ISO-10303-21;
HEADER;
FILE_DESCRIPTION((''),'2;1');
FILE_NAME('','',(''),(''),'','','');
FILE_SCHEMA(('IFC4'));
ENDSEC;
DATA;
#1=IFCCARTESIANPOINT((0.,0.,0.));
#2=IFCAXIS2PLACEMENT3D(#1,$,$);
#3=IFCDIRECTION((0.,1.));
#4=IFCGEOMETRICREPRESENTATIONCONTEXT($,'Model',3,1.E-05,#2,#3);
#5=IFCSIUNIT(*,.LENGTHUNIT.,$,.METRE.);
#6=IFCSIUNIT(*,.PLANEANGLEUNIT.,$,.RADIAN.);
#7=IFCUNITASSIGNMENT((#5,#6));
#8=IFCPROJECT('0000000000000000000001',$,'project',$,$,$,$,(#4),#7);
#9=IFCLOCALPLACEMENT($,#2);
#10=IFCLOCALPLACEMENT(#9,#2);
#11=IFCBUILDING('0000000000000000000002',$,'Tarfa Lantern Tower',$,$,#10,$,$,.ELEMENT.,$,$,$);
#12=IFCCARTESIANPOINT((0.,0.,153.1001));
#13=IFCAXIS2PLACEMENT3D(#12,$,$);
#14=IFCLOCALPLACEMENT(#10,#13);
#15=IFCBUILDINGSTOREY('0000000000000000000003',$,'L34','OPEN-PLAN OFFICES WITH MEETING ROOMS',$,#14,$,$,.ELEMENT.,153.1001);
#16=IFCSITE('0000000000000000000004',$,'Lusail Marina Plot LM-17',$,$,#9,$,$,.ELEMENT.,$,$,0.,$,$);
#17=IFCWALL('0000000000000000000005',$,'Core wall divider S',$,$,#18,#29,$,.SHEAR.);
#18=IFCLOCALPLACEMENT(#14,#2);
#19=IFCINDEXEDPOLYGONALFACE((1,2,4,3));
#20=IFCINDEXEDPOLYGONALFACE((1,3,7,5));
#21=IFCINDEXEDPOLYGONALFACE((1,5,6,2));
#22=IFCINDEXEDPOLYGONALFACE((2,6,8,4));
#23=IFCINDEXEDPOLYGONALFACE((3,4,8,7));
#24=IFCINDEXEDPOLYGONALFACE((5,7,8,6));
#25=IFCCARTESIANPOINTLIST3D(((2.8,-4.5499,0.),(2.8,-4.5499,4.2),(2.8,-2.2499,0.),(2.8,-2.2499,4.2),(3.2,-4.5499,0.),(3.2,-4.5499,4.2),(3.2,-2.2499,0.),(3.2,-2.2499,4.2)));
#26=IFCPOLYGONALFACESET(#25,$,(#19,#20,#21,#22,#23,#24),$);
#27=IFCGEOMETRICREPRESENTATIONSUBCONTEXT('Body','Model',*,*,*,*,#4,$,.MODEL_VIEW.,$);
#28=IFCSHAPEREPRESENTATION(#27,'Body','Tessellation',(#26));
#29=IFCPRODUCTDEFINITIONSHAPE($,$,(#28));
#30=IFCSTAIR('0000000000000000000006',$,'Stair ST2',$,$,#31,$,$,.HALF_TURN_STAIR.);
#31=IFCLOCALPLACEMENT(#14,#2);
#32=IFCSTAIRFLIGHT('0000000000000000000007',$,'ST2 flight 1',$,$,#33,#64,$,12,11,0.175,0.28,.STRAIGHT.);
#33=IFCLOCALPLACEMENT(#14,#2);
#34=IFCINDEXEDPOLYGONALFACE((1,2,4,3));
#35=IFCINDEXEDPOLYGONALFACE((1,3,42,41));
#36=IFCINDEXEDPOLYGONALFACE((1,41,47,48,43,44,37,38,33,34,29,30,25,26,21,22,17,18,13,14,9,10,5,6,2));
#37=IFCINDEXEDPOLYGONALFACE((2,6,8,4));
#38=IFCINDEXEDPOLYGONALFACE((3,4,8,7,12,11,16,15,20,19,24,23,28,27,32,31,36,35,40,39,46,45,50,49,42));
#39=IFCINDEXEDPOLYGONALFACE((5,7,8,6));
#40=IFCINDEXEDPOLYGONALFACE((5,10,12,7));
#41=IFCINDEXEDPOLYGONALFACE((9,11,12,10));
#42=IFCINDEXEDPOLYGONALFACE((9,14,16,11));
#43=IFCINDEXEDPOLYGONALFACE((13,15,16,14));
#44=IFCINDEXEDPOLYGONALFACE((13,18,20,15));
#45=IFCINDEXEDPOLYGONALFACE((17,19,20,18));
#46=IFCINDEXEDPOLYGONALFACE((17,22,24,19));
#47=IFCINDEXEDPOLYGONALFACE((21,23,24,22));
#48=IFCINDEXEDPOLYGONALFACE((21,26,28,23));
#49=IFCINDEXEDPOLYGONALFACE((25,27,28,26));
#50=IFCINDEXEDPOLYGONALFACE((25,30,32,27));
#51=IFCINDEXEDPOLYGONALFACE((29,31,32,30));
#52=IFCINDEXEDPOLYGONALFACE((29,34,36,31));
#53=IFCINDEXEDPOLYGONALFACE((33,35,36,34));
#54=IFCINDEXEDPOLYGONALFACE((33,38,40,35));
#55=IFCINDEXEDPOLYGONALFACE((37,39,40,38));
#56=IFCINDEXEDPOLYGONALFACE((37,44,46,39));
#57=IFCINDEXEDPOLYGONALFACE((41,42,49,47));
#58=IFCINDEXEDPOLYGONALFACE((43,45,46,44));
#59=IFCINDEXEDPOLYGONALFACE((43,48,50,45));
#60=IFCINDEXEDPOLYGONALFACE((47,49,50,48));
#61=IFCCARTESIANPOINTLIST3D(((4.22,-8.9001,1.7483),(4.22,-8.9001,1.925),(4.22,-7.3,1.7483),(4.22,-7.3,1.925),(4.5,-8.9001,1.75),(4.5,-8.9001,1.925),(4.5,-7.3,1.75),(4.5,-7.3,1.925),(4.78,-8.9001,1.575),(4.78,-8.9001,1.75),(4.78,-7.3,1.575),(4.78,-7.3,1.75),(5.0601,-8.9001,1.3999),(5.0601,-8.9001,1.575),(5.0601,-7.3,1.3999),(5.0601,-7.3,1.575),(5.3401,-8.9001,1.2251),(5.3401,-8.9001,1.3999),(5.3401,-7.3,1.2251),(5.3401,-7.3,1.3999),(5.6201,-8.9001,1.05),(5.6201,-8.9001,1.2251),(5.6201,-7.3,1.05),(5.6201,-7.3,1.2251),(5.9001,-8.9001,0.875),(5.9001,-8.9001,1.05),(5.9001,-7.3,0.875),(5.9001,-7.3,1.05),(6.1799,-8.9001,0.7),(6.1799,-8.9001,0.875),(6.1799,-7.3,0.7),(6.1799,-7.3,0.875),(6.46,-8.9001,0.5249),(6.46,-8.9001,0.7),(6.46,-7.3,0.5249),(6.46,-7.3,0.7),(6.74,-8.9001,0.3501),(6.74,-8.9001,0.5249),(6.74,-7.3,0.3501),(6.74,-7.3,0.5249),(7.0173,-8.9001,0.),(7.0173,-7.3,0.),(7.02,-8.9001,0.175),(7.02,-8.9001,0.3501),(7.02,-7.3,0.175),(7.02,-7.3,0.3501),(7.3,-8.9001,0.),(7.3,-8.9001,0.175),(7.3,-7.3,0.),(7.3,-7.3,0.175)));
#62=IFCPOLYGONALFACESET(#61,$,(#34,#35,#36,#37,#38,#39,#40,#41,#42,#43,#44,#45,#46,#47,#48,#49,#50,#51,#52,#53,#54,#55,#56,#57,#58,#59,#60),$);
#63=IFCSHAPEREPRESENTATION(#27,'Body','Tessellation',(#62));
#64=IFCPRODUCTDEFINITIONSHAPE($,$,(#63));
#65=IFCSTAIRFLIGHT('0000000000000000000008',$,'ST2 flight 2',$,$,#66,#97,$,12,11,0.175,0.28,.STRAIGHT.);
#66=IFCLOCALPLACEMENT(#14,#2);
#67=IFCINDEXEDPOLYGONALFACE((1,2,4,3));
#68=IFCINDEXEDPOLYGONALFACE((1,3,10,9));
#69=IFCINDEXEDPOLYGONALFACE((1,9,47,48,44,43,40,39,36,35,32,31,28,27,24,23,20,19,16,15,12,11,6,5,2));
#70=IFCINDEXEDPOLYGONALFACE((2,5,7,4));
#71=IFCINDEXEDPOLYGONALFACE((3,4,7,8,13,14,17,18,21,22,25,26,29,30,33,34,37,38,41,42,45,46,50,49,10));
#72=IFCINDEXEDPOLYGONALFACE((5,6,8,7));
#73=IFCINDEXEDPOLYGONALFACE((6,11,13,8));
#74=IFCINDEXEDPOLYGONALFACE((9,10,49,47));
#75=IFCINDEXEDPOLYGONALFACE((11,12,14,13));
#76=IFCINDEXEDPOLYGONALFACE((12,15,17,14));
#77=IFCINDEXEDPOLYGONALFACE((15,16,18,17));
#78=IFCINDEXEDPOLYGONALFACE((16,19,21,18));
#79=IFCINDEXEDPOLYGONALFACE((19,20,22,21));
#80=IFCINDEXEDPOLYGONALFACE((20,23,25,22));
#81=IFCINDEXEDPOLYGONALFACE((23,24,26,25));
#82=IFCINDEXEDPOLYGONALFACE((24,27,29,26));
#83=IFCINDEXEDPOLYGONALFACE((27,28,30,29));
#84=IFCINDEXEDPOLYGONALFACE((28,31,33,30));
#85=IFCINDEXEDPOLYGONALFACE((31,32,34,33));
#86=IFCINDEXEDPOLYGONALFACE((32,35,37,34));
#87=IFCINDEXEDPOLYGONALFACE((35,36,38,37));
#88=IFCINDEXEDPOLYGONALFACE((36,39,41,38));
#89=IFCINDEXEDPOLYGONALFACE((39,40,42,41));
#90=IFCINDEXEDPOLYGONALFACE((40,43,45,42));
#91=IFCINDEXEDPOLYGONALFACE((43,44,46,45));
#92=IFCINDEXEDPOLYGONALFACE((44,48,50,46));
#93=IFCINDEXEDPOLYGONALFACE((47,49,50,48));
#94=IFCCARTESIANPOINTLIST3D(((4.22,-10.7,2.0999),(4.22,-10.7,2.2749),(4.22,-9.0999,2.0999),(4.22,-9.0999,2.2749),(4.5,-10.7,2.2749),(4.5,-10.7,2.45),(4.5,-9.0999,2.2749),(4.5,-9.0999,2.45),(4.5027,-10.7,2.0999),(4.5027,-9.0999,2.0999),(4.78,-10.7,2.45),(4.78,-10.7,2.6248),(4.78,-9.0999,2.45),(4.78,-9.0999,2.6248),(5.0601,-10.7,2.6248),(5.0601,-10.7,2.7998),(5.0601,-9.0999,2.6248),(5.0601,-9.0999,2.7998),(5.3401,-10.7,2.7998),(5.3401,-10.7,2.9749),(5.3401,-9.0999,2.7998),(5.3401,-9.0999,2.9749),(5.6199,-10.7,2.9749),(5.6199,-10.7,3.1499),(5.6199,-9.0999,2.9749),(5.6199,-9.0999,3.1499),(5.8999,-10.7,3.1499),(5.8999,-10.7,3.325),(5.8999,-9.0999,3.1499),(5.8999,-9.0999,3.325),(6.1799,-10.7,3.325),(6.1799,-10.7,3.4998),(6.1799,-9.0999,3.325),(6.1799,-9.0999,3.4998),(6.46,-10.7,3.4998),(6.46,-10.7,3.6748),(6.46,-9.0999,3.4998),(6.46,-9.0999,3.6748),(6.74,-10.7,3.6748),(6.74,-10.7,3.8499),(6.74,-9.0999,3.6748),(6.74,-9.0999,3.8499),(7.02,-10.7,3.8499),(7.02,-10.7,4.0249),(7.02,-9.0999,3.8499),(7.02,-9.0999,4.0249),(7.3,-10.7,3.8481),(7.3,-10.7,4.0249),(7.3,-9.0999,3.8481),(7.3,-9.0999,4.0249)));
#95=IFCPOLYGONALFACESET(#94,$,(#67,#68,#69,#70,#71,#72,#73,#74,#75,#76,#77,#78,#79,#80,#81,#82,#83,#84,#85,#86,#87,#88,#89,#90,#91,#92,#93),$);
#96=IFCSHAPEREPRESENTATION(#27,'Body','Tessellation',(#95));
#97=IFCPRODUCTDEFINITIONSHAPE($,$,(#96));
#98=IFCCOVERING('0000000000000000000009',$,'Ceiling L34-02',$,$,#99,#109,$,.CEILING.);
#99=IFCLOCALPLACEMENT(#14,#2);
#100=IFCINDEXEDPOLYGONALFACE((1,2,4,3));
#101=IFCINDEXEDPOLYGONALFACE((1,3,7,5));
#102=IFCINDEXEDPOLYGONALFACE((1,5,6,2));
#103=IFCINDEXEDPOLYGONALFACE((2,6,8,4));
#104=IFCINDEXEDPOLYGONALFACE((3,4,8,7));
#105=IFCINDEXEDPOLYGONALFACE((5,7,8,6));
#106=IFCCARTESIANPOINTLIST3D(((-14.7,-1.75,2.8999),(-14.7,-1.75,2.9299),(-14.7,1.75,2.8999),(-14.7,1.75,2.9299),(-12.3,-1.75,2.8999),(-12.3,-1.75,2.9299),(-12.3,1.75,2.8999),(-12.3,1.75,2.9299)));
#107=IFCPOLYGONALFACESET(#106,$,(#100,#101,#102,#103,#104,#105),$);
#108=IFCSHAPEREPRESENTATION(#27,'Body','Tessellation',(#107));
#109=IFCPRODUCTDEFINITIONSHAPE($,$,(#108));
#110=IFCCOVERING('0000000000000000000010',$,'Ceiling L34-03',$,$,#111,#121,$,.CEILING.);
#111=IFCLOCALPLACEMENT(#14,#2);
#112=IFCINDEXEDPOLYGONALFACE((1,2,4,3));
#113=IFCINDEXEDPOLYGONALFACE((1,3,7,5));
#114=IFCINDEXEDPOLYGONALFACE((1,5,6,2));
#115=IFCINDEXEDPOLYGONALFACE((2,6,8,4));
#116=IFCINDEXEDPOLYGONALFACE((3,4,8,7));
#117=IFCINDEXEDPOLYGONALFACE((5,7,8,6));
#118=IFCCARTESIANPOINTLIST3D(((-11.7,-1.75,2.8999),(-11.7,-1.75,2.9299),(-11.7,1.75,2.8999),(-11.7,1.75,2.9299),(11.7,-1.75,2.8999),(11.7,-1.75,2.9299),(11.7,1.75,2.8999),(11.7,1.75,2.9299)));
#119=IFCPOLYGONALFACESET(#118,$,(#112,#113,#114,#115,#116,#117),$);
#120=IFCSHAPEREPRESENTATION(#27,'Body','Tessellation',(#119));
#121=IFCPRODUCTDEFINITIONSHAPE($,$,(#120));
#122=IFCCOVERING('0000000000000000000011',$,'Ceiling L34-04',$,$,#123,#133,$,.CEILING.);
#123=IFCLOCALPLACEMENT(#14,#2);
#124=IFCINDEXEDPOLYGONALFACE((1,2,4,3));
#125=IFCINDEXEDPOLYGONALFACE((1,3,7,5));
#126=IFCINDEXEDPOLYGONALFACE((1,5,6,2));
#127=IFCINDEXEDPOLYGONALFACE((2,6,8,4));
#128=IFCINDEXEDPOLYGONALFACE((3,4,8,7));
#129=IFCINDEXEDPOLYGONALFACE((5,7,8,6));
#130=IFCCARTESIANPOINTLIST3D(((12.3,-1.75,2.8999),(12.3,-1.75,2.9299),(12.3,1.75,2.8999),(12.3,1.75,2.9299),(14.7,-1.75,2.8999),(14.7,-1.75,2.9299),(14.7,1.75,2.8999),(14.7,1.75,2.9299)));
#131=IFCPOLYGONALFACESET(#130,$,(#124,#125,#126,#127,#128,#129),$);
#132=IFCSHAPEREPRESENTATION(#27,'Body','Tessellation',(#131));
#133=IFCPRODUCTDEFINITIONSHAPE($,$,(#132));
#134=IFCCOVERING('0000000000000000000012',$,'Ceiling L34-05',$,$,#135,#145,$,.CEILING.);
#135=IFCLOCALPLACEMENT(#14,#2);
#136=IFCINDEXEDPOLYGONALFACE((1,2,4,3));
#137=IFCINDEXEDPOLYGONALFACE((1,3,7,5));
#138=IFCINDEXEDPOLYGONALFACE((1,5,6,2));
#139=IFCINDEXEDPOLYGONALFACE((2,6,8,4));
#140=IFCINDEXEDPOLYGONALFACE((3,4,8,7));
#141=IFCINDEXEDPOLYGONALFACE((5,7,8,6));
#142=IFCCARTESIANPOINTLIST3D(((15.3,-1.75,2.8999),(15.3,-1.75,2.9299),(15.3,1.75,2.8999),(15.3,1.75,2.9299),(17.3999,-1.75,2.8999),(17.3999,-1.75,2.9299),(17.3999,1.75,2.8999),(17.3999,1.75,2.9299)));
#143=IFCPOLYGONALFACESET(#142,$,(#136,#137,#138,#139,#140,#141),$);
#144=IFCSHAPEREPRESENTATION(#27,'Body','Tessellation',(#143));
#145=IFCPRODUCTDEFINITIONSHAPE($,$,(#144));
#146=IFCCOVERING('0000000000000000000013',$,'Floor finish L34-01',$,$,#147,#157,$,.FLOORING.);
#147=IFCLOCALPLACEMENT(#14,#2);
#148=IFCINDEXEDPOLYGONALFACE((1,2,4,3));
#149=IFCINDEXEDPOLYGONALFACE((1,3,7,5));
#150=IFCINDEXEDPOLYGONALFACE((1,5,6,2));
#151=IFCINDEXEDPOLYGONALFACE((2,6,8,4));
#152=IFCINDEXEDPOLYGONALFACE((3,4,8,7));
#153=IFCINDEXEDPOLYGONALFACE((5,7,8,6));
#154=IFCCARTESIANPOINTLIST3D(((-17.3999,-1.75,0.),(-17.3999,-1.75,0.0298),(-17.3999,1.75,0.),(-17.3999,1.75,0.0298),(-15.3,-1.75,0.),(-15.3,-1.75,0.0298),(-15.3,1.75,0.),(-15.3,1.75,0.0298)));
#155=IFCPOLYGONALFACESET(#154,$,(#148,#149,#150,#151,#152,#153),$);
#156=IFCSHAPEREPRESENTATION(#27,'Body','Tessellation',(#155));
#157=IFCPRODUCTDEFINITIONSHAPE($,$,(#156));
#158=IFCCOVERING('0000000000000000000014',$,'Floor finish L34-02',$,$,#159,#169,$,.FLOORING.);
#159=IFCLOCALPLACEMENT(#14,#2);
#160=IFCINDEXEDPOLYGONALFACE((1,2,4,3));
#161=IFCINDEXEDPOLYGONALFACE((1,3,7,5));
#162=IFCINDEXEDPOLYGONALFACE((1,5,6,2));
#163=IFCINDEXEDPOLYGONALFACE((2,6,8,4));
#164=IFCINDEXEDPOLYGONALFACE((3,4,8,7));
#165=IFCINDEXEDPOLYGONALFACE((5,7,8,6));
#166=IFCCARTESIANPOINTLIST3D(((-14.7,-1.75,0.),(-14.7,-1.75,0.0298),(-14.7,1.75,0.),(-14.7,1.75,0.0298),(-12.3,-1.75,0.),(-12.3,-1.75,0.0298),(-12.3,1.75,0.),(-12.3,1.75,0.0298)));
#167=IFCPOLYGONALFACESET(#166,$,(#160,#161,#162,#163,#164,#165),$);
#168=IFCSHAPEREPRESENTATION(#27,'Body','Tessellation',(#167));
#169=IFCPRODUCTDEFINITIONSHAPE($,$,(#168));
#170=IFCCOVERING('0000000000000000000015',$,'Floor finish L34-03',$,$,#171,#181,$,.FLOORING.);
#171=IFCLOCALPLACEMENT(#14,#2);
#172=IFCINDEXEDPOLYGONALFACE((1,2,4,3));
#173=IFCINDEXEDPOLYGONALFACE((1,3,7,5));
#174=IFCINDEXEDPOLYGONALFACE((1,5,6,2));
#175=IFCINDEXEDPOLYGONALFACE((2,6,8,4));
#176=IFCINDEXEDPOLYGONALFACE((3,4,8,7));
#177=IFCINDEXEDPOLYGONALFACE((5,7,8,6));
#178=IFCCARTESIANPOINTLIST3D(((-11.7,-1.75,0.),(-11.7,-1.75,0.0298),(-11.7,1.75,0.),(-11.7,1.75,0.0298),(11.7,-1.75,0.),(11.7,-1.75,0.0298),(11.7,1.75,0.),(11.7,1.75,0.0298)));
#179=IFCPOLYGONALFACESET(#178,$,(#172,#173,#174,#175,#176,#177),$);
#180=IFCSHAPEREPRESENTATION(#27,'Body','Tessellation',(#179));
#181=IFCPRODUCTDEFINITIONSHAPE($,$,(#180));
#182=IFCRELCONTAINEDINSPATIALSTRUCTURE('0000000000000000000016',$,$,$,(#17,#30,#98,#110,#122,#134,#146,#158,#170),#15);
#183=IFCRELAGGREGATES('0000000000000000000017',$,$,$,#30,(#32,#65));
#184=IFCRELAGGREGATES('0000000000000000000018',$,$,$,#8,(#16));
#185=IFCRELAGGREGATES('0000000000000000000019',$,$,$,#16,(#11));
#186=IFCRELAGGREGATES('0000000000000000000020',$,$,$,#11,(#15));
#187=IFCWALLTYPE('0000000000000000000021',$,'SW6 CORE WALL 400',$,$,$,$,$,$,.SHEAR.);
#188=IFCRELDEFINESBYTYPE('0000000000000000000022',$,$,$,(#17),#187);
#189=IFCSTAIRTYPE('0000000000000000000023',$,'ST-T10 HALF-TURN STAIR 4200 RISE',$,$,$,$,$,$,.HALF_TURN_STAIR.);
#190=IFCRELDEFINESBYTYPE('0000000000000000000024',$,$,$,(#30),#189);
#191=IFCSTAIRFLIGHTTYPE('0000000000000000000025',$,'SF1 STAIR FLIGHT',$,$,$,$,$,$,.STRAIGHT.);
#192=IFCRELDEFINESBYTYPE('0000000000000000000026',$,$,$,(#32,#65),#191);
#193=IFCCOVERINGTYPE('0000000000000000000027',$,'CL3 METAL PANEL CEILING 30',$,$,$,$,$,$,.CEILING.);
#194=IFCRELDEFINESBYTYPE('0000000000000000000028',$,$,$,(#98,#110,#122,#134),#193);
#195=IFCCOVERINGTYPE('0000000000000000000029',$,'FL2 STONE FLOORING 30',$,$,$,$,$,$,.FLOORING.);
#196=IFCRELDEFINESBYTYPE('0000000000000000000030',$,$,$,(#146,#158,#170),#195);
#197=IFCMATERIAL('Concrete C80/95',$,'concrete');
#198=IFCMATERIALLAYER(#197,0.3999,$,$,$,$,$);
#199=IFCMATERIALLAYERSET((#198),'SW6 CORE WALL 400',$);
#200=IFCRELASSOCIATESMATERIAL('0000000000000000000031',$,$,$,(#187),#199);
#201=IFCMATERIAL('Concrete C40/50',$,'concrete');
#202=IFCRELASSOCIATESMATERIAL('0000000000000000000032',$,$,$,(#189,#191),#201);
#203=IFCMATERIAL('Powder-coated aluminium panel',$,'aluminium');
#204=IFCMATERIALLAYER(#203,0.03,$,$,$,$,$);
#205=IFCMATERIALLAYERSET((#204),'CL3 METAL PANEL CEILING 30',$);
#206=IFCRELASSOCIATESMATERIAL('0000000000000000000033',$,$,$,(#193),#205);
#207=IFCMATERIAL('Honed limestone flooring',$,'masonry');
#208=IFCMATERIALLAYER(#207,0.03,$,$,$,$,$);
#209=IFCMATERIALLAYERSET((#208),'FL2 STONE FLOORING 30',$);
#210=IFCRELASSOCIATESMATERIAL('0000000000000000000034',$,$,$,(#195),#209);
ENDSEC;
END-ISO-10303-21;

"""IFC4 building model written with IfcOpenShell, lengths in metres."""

from ifc_helpers import new_model, si_unit, direction, frame, frame_2d, origin, place, context, subcontext, project, spatial, polyline, rectangle, outline, extrude, material, layer, layer_set, type_object, element, aggregate, save


model = new_model("IFC4")

# Units and contexts
model_context = context("Model", 3, precision=1e-05, world=origin(), true_north=direction((0.0, 1.0)))
body_context = subcontext(model_context, "Body", "Model", "MODEL_VIEW")
ifc_project = project(units=[si_unit("LENGTHUNIT", "METRE"), si_unit("PLANEANGLEUNIT", "RADIAN")], contexts=[model_context])

# Site, building, storey
site_placement = place(None, origin())
site = spatial("IfcSite", under=ifc_project, at=site_placement, Name="Lusail Marina Plot LM-17", CompositionType="ELEMENT", RefElevation=0.0)
building_placement = place(site_placement, origin())
building = spatial("IfcBuilding", under=site, at=building_placement, Name="Tarfa Lantern Tower", CompositionType="ELEMENT")
storey_placement = place(building_placement, frame((0.0, 0.0, 153.1001)))
storey = spatial("IfcBuildingStorey", under=building, at=storey_placement, Name="L34", Description="OPEN-PLAN OFFICES WITH MEETING ROOMS", CompositionType="ELEMENT", Elevation=153.1001)

# Shared definitions
ifc_material_1 = material(Name="Concrete C80/95", Category="concrete")

# Wall
ifc_layer_1 = layer(ifc_material_1, 0.3999)
ifc_layer_set_1 = layer_set([ifc_layer_1], Name="SW6 CORE WALL 400")
wall_type_1 = type_object("IfcWallType", Name="SW6 CORE WALL 400", PredefinedType="SHEAR", material=ifc_layer_set_1)
for number, where, z_axis, x_axis, name in (
    (1, (3.0, -2.25, 0.0), (0.0, 0.0, 1.0), (0.0, -1.0, 0.0), "Core wall divider S"),
):
    element("IfcWall", number, at=place(storey_placement, frame(where, z_axis=z_axis, x_axis=x_axis)), inside=storey, type_object=wall_type_1, Name=name, PredefinedType="SHEAR", context=body_context, shape_type="SweptSolid", body=[
        extrude(rectangle(XDim=2.3, YDim=0.3999, at=frame_2d((1.1499, 0.0))), origin(), (0.0, 0.0, 1.0), 4.2),
    ])

# Stair, stair flights
ifc_material_2 = material(Name="Concrete C40/50", Category="concrete")
stair_type = type_object("IfcStairType", Name="ST-T10 HALF-TURN STAIR 4200 RISE", PredefinedType="HALF_TURN_STAIR", material=ifc_material_2)
stair_placement = place(storey_placement, origin())
stair = element("IfcStair", 2, at=stair_placement, inside=storey, type_object=stair_type, Name="Stair ST2", PredefinedType="HALF_TURN_STAIR")
stair_flight_type = type_object("IfcStairFlightType", Name="SF1 STAIR FLIGHT", PredefinedType="STRAIGHT", material=ifc_material_2)
stair_flight_1_placement = place(storey_placement, frame((7.3, -8.1001, 0.0), z_axis=(0.0, 0.0, 1.0), x_axis=(-1.0, 0.0, 0.0)))
stair_flight_1 = element("IfcStairFlight", 3, at=stair_flight_1_placement, type_object=stair_flight_type, Name="ST2 flight 1", NumberOfRisers=12, NumberOfTreads=11, PredefinedType="STRAIGHT", RiserHeight=0.175, TreadLength=0.28, context=body_context, shape_type="SweptSolid", body=[
    extrude(outline(polyline([(0.0, 0.0), (0.0, 0.175), (0.28, 0.175), (0.28, 0.3501), (0.5601, 0.3501), (0.5601, 0.5249), (0.8401, 0.5249), (0.8401, 0.7), (1.1201, 0.7), (1.1201, 0.875), (1.3999, 0.875), (1.3999, 1.05), (1.6799, 1.05), (1.6799, 1.2251), (1.96, 1.2251), (1.96, 1.3999), (2.24, 1.3999), (2.24, 1.575), (2.52, 1.575), (2.52, 1.75), (2.8, 1.75), (2.8, 1.925), (3.0801, 1.925), (3.0801, 2.1001), (3.0801, 1.7483), (0.2827, 0.0), (0.0, 0.0)])), frame((0.0, 0.8, 0.0), z_axis=(0.0, -1.0, 0.0), x_axis=(1.0, 0.0, 0.0)), (0.0, 0.0, 1.0), 1.6001),
])
stair_flight_2_placement = place(storey_placement, frame((4.22, -9.8999, 2.0999), z_axis=(0.0, 0.0, 1.0), x_axis=(1.0, 0.0, 0.0)))
stair_flight_2 = element("IfcStairFlight", 4, at=stair_flight_2_placement, type_object=stair_flight_type, Name="ST2 flight 2", NumberOfRisers=12, NumberOfTreads=11, PredefinedType="STRAIGHT", RiserHeight=0.175, TreadLength=0.28, context=body_context, shape_type="SweptSolid", body=[
    extrude(outline(polyline([(0.0, 0.0), (0.0, 0.175), (0.28, 0.175), (0.28, 0.3501), (0.5601, 0.3501), (0.5601, 0.5249), (0.8401, 0.5249), (0.8401, 0.7), (1.1201, 0.7), (1.1201, 0.875), (1.3999, 0.875), (1.3999, 1.05), (1.6799, 1.05), (1.6799, 1.2251), (1.96, 1.2251), (1.96, 1.3999), (2.24, 1.3999), (2.24, 1.575), (2.52, 1.575), (2.52, 1.75), (2.8, 1.75), (2.8, 1.925), (3.0801, 1.925), (3.0801, 2.1001), (3.0801, 1.7483), (0.2827, 0.0), (0.0, 0.0)])), frame((0.0, 0.8, 0.0), z_axis=(0.0, -1.0, 0.0), x_axis=(1.0, 0.0, 0.0)), (0.0, 0.0, 1.0), 1.6001),
])
aggregate(stair, [stair_flight_1, stair_flight_2])

# Coverings
ifc_material_3 = material(Name="Powder-coated aluminium panel", Category="aluminium")
ifc_layer_2 = layer(ifc_material_3, 0.03)
ifc_layer_set_2 = layer_set([ifc_layer_2], Name="CL3 METAL PANEL CEILING 30")
covering_type_1 = type_object("IfcCoveringType", Name="CL3 METAL PANEL CEILING 30", PredefinedType="CEILING", material=ifc_layer_set_2)
covering_1_placement = place(storey_placement, frame((0.0, 0.0, 2.8999)))
element("IfcCovering", 5, at=covering_1_placement, inside=storey, type_object=covering_type_1, Name="Ceiling L34-02", PredefinedType="CEILING", context=body_context, shape_type="SweptSolid", body=[
    extrude(outline(polyline([(-14.7, -1.75), (-12.3, -1.75), (-12.3, 1.75), (-14.7, 1.75), (-14.7, -1.75)])), origin(), (0.0, 0.0, 1.0), 0.03),
])
covering_2_placement = place(storey_placement, frame((0.0, 0.0, 2.8999)))
element("IfcCovering", 6, at=covering_2_placement, inside=storey, type_object=covering_type_1, Name="Ceiling L34-03", PredefinedType="CEILING", context=body_context, shape_type="SweptSolid", body=[
    extrude(outline(polyline([(-11.7, -1.75), (11.7, -1.75), (11.7, 1.75), (-11.7, 1.75), (-11.7, -1.75)])), origin(), (0.0, 0.0, 1.0), 0.03),
])
covering_3_placement = place(storey_placement, frame((0.0, 0.0, 2.8999)))
element("IfcCovering", 7, at=covering_3_placement, inside=storey, type_object=covering_type_1, Name="Ceiling L34-04", PredefinedType="CEILING", context=body_context, shape_type="SweptSolid", body=[
    extrude(outline(polyline([(12.3, -1.75), (14.7, -1.75), (14.7, 1.75), (12.3, 1.75), (12.3, -1.75)])), origin(), (0.0, 0.0, 1.0), 0.03),
])
covering_4_placement = place(storey_placement, frame((0.0, 0.0, 2.8999)))
element("IfcCovering", 8, at=covering_4_placement, inside=storey, type_object=covering_type_1, Name="Ceiling L34-05", PredefinedType="CEILING", context=body_context, shape_type="SweptSolid", body=[
    extrude(outline(polyline([(15.3, -1.75), (17.3999, -1.75), (17.3999, 1.75), (15.3, 1.75), (15.3, -1.75)])), origin(), (0.0, 0.0, 1.0), 0.03),
])
ifc_material_4 = material(Name="Honed limestone flooring", Category="masonry")
ifc_layer_3 = layer(ifc_material_4, 0.03)
ifc_layer_set_3 = layer_set([ifc_layer_3], Name="FL2 STONE FLOORING 30")
covering_type_2 = type_object("IfcCoveringType", Name="FL2 STONE FLOORING 30", PredefinedType="FLOORING", material=ifc_layer_set_3)
covering_5_placement = place(storey_placement, origin())
element("IfcCovering", 9, at=covering_5_placement, inside=storey, type_object=covering_type_2, Name="Floor finish L34-01", PredefinedType="FLOORING", context=body_context, shape_type="SweptSolid", body=[
    extrude(outline(polyline([(-17.3999, -1.75), (-15.3, -1.75), (-15.3, 1.75), (-17.3999, 1.75), (-17.3999, -1.75)])), origin(), (0.0, 0.0, 1.0), 0.0298),
])
covering_6_placement = place(storey_placement, origin())
element("IfcCovering", 10, at=covering_6_placement, inside=storey, type_object=covering_type_2, Name="Floor finish L34-02", PredefinedType="FLOORING", context=body_context, shape_type="SweptSolid", body=[
    extrude(outline(polyline([(-14.7, -1.75), (-12.3, -1.75), (-12.3, 1.75), (-14.7, 1.75), (-14.7, -1.75)])), origin(), (0.0, 0.0, 1.0), 0.0298),
])
covering_7_placement = place(storey_placement, origin())
element("IfcCovering", 11, at=covering_7_placement, inside=storey, type_object=covering_type_2, Name="Floor finish L34-03", PredefinedType="FLOORING", context=body_context, shape_type="SweptSolid", body=[
    extrude(outline(polyline([(-11.7, -1.75), (11.7, -1.75), (11.7, 1.75), (-11.7, 1.75), (-11.7, -1.75)])), origin(), (0.0, 0.0, 1.0), 0.0298),
])

save(model, "model.ifc")
